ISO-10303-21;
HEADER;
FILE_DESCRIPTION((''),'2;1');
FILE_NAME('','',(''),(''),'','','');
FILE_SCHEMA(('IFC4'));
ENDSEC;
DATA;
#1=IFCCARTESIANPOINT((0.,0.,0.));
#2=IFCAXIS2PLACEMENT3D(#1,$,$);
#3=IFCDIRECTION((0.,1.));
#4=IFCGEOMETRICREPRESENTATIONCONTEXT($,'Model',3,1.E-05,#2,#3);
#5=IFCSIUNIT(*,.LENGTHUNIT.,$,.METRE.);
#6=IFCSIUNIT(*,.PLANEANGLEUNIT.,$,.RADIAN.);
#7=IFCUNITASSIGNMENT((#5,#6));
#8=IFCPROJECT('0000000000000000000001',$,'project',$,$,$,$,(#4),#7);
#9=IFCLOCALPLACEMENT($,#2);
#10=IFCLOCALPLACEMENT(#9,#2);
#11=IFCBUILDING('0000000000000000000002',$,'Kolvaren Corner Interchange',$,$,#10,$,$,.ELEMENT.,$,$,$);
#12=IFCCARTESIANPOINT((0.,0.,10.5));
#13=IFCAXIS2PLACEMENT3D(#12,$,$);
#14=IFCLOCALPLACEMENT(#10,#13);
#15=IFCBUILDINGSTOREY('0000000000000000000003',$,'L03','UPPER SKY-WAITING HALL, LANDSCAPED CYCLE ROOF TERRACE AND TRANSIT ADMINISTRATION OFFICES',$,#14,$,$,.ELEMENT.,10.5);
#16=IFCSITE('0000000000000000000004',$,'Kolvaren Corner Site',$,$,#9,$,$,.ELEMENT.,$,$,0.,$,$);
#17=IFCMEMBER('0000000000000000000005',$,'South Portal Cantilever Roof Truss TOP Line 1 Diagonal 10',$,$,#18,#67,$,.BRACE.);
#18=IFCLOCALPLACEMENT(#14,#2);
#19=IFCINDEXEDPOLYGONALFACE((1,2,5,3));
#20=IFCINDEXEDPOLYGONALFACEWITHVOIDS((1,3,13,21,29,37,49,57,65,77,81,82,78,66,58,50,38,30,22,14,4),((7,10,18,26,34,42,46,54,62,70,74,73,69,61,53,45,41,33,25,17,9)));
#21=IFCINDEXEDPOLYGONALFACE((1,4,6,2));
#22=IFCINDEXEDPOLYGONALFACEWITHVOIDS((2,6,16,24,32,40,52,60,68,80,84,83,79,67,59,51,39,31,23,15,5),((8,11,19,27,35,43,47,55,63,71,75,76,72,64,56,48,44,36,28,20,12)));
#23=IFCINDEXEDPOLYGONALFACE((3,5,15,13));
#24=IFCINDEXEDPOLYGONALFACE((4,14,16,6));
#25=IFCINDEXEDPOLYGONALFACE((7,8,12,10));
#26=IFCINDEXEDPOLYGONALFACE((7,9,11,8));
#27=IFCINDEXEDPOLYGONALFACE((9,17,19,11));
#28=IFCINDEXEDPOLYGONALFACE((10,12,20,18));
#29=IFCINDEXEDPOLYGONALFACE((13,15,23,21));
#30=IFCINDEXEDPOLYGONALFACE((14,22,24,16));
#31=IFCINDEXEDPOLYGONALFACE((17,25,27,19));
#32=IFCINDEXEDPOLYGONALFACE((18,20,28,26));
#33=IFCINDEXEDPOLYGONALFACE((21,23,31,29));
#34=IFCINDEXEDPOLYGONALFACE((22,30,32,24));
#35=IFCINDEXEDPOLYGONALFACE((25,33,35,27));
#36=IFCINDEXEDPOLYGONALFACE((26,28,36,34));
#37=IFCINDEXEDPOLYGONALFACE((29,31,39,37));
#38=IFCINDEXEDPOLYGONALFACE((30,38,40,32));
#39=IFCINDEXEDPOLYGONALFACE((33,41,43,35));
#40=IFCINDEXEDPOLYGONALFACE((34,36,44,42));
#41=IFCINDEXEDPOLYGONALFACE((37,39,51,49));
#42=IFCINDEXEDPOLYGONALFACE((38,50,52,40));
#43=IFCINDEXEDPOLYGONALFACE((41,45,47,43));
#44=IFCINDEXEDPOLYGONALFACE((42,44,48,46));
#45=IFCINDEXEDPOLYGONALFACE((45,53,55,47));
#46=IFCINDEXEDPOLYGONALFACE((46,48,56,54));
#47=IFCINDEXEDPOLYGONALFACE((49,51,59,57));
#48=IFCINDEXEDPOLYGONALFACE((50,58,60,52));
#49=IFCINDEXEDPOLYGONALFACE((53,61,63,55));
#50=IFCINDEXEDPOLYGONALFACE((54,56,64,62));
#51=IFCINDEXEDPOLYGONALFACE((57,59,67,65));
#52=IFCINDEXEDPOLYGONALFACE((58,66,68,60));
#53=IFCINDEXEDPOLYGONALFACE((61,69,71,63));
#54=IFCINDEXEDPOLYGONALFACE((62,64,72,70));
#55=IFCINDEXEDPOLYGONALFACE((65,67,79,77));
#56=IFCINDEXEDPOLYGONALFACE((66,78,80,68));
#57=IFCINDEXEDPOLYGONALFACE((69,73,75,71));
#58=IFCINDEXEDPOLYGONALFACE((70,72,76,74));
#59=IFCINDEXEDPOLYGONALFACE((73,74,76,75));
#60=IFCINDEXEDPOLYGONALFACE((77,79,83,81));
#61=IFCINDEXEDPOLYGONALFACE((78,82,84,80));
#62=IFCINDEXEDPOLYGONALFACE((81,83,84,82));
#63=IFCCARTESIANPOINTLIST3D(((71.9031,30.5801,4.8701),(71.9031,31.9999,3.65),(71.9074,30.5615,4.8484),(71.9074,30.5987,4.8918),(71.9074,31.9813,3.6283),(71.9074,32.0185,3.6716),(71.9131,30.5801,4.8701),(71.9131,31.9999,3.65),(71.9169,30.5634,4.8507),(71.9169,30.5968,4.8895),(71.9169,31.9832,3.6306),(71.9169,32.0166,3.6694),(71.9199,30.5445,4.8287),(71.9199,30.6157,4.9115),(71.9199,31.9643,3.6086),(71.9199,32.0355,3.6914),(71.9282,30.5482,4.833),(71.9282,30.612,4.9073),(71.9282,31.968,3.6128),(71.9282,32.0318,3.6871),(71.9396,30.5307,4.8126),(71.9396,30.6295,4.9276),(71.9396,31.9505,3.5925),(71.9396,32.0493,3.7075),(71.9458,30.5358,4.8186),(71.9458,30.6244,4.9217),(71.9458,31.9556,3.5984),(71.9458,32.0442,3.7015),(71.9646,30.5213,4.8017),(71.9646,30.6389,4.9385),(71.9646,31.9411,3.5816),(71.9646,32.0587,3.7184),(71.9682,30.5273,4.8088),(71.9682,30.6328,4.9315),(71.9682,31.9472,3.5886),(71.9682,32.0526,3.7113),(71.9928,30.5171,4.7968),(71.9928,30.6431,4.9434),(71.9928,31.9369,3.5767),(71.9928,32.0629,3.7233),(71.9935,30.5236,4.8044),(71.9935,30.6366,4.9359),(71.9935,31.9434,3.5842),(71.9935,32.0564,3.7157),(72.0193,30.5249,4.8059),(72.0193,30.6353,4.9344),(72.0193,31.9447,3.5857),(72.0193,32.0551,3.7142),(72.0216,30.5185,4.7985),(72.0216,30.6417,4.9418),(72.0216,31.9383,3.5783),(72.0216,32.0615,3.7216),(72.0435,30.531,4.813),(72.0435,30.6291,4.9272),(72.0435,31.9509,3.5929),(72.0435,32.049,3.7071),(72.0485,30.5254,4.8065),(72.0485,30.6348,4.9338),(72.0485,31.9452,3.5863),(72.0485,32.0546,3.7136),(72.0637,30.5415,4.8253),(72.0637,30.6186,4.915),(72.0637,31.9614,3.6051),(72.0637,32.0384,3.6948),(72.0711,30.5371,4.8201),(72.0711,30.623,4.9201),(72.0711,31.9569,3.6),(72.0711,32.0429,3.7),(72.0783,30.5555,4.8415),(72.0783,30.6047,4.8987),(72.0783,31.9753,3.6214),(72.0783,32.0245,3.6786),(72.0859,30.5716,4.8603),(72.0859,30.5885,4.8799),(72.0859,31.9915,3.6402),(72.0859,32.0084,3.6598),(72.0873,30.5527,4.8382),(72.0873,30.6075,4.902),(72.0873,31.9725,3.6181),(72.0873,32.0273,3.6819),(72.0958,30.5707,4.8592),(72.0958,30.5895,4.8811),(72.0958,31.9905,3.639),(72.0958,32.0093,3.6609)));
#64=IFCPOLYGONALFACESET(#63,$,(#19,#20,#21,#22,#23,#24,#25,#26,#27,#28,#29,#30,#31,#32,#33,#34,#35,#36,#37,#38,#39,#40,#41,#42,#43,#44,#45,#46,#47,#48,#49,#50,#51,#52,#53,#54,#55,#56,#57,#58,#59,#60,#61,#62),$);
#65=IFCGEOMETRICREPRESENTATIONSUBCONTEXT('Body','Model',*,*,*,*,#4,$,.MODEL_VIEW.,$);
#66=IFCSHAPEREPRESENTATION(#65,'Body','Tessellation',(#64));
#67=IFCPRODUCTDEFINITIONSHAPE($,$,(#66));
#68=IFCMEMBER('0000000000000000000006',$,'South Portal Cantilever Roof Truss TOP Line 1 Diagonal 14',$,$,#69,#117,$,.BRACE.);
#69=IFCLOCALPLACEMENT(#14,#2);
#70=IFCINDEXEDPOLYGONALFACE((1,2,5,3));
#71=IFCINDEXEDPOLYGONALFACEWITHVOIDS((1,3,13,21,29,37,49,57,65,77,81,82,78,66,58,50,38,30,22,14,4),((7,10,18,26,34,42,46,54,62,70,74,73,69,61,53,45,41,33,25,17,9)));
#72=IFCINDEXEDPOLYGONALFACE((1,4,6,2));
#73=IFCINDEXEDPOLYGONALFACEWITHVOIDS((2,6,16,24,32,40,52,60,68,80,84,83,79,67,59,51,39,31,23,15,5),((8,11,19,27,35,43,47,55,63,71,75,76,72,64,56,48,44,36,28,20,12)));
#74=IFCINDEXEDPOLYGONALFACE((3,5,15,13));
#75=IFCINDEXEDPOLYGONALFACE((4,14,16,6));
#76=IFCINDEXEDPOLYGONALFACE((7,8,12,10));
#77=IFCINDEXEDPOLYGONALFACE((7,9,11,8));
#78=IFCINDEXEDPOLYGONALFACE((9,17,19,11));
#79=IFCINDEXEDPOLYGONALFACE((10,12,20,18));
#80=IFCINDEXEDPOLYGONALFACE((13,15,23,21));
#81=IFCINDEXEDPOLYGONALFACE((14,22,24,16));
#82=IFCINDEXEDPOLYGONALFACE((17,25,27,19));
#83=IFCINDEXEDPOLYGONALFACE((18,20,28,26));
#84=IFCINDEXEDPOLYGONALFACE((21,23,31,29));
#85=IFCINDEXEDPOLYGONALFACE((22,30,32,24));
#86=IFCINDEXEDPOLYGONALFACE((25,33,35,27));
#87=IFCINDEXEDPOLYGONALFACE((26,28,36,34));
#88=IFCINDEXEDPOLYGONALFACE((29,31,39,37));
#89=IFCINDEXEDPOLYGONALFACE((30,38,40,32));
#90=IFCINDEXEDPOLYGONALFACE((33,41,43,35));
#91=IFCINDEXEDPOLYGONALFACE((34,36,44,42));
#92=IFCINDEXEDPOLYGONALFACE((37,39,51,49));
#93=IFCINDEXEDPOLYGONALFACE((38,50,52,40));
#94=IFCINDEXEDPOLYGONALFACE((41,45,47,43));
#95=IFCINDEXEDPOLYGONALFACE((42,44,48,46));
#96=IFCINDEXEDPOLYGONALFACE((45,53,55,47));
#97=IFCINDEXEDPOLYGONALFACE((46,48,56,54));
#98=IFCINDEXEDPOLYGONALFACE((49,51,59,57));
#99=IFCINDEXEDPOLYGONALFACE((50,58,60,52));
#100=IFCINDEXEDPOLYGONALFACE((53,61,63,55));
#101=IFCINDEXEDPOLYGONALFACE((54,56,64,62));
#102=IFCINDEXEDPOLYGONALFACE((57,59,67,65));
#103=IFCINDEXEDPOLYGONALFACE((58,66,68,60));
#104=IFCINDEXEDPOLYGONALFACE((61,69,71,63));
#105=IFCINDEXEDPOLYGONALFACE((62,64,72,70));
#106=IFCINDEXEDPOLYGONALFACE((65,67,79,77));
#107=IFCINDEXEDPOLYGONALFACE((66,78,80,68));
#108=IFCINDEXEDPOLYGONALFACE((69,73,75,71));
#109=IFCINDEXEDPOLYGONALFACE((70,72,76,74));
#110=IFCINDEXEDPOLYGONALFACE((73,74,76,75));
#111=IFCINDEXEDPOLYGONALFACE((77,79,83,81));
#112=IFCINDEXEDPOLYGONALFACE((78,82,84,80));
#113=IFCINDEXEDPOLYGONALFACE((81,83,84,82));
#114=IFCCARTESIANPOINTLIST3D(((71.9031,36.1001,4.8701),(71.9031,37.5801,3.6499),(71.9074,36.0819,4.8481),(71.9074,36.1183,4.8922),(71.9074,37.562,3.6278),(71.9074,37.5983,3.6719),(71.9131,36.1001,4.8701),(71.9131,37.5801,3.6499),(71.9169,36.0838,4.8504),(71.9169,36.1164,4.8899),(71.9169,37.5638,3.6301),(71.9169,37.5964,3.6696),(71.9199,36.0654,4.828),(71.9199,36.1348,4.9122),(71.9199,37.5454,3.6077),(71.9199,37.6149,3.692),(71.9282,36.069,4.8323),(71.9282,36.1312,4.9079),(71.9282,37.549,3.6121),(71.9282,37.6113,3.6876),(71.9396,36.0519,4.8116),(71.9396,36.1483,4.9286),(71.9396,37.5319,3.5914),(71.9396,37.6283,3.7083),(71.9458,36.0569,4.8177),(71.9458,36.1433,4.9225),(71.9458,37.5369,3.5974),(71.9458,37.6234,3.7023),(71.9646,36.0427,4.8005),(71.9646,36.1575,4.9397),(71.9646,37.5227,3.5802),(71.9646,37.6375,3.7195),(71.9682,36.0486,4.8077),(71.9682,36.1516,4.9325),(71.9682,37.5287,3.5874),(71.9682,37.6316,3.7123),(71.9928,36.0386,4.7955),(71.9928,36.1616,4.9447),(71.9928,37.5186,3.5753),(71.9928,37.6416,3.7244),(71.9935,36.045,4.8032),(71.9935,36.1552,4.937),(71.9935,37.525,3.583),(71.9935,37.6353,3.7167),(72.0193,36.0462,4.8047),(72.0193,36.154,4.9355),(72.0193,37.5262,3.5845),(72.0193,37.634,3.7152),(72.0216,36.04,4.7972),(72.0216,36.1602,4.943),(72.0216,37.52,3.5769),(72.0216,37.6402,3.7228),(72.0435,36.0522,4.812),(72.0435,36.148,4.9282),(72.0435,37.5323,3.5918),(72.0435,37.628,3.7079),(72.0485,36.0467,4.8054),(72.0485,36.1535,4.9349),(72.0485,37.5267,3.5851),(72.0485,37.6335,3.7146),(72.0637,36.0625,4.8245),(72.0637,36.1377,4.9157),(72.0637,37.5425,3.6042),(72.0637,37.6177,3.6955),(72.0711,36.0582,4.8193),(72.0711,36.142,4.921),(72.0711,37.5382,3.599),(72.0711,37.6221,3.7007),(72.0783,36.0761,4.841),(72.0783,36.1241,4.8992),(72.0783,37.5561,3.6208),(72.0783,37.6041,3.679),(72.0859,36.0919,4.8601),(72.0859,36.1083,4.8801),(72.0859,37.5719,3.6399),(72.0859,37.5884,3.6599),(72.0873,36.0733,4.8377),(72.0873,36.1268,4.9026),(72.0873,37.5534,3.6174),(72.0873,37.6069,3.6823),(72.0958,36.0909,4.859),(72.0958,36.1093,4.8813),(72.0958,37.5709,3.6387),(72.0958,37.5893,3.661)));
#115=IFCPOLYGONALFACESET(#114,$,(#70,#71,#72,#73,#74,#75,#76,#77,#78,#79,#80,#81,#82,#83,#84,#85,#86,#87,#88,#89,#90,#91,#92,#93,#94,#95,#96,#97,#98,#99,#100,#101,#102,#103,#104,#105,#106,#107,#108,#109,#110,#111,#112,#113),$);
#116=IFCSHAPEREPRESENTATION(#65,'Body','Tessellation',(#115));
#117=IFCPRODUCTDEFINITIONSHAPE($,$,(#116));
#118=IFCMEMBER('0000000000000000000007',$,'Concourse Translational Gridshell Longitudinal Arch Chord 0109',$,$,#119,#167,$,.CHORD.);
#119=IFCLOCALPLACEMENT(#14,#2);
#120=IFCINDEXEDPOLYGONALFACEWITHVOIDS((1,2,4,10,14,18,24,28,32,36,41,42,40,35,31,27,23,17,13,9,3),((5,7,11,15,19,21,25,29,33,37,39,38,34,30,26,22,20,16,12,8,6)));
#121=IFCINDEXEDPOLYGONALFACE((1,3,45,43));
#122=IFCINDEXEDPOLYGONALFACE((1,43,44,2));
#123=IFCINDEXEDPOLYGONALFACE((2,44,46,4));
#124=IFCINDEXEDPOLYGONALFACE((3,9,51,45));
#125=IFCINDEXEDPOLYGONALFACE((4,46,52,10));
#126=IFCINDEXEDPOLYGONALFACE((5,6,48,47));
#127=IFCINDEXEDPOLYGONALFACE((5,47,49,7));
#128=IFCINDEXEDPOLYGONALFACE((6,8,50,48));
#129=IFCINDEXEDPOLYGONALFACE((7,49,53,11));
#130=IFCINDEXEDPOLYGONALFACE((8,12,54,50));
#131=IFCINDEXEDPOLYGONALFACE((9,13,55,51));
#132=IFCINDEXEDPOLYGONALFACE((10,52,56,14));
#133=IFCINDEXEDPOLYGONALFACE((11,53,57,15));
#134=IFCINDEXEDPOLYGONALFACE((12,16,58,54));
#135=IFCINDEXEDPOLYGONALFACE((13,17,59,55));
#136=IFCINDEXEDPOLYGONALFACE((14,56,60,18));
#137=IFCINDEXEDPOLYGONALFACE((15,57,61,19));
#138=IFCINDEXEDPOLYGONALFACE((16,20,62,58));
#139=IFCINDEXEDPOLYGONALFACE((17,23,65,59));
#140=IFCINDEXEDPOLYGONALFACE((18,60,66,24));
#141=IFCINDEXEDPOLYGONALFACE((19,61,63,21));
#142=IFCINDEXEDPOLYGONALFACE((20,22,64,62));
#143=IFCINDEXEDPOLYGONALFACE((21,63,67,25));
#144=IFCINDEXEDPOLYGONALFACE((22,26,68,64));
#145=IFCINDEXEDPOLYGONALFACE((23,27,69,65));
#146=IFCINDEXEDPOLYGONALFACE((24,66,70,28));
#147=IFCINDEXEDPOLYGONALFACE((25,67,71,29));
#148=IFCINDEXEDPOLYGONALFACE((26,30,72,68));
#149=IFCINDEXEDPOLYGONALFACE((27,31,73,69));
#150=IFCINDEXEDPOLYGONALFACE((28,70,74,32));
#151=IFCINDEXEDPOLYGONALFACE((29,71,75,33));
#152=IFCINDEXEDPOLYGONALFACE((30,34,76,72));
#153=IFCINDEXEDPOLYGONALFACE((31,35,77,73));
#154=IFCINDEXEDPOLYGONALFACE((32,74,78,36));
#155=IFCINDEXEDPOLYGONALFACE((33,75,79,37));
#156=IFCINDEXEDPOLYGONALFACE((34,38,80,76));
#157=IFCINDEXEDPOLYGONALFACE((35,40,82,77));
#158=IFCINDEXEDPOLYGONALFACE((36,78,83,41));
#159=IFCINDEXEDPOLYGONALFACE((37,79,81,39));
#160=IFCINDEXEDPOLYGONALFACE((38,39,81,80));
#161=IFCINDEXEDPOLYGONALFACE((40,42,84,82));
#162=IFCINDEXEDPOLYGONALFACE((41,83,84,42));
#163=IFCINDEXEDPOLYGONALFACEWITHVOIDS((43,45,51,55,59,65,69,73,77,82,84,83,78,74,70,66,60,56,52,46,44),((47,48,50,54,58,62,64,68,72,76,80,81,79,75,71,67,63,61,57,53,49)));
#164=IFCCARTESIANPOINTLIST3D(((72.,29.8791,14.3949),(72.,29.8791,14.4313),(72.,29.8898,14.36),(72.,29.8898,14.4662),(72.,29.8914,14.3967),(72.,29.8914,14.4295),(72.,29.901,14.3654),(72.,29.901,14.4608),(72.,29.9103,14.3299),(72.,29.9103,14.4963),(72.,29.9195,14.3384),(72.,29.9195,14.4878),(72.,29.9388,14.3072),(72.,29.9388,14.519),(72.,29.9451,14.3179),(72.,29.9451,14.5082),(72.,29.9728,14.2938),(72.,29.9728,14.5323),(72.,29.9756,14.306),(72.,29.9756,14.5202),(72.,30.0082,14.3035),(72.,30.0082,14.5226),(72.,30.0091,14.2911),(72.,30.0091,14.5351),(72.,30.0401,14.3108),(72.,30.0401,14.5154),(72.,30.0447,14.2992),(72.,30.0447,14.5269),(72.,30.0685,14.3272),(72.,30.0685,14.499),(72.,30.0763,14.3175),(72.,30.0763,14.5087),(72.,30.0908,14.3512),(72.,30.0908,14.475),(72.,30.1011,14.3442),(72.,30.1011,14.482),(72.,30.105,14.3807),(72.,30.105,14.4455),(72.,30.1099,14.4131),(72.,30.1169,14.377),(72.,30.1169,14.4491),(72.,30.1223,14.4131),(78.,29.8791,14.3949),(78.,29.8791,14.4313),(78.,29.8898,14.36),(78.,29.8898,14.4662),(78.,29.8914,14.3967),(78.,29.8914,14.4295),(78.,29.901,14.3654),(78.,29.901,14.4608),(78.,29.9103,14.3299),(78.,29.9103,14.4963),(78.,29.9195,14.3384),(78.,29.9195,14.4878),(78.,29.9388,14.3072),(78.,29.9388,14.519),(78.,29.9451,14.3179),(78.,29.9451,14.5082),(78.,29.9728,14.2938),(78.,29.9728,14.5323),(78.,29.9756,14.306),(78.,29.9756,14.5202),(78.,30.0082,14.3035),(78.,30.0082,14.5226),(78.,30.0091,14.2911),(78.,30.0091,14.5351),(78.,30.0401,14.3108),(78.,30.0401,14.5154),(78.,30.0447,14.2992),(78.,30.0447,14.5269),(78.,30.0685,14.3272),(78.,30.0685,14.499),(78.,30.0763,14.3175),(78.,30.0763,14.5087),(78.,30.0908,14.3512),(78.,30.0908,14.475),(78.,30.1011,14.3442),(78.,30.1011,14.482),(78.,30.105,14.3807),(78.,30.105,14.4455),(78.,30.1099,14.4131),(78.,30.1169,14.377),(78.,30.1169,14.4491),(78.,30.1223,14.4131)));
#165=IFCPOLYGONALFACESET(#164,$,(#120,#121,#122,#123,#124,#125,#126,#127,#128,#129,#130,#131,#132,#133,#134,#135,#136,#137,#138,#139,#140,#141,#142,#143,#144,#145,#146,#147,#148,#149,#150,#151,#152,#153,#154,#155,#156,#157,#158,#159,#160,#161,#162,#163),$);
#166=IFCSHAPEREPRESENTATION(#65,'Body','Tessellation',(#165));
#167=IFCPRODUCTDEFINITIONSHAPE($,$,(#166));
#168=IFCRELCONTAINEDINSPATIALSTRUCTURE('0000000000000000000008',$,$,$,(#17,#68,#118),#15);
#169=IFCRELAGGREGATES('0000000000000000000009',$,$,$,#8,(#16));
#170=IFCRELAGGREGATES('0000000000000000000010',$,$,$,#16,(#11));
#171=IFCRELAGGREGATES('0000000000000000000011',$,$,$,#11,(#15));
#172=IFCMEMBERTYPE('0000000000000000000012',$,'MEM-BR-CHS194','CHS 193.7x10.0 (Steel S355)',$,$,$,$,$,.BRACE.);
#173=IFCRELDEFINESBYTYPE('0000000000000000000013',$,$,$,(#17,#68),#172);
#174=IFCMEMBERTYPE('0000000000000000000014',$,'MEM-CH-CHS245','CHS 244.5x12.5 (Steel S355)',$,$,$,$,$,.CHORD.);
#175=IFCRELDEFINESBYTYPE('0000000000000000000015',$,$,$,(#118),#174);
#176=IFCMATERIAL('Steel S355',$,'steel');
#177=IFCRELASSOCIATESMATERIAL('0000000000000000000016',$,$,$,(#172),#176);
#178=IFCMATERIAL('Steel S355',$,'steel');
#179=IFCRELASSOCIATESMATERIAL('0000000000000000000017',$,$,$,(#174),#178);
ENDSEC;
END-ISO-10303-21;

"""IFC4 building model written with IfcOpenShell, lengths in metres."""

from ifc_helpers import new_model, si_unit, direction, frame, origin, origin_2d, place, context, subcontext, project, spatial, hollow_circle, extrude, material, material_profile, profile_set, type_object, element, save


model = new_model("IFC4")

# Units and contexts
model_context = context("Model", 3, precision=1e-05, world=origin(), true_north=direction((0.0, 1.0)))
body_context = subcontext(model_context, "Body", "Model", "MODEL_VIEW")
ifc_project = project(units=[si_unit("LENGTHUNIT", "METRE"), si_unit("PLANEANGLEUNIT", "RADIAN")], contexts=[model_context])

# Site, building, storey
site_placement = place(None, origin())
site = spatial("IfcSite", under=ifc_project, at=site_placement, Name="Kolvaren Corner Site", CompositionType="ELEMENT", RefElevation=0.0)
building_placement = place(site_placement, origin())
building = spatial("IfcBuilding", under=site, at=building_placement, Name="Kolvaren Corner Interchange", CompositionType="ELEMENT")
storey_placement = place(building_placement, frame((0.0, 0.0, 10.5)))
storey = spatial("IfcBuildingStorey", under=building, at=storey_placement, Name="L03", Description="UPPER SKY-WAITING HALL, LANDSCAPED CYCLE ROOF TERRACE AND TRANSIT ADMINISTRATION OFFICES", CompositionType="ELEMENT", Elevation=10.5)

# Members
ifc_material_1 = material(Name="Steel S355", Category="steel")
ifc_material_profile_1 = material_profile(ifc_material_1, hollow_circle(Radius=0.0969, WallThickness=0.01, at=origin_2d()), Name="CHS 193.7x10.0")
ifc_profile_set_1 = profile_set([ifc_material_profile_1], Name="Steel S355")
member_type_1 = type_object("IfcMemberType", Name="MEM-BR-CHS194", Description="CHS 193.7x10.0 (Steel S355)", PredefinedType="BRACE", material=ifc_profile_set_1)
member_1_placement = place(storey_placement, frame((72.0, 30.5801, 4.8701), z_axis=(0.0, 0.758428, -0.651757), x_axis=(-1.0, 0.0, 0.0)))
element("IfcMember", 1, at=member_1_placement, inside=storey, type_object=member_type_1, Name="South Portal Cantilever Roof Truss TOP Line 1 Diagonal 10", PredefinedType="BRACE", context=body_context, shape_type="SweptSolid", body=[
    extrude(hollow_circle(Radius=0.0969, WallThickness=0.01, at=origin_2d()), origin(), (0.0, 0.0, 1.0), 1.8721),
])
member_2_placement = place(storey_placement, frame((72.0, 36.1001, 4.8701), z_axis=(0.0, 0.77157, -0.636144), x_axis=(-1.0, 0.0, 0.0)))
element("IfcMember", 2, at=member_2_placement, inside=storey, type_object=member_type_1, Name="South Portal Cantilever Roof Truss TOP Line 1 Diagonal 14", PredefinedType="BRACE", context=body_context, shape_type="SweptSolid", body=[
    extrude(hollow_circle(Radius=0.0969, WallThickness=0.01, at=origin_2d()), origin(), (0.0, 0.0, 1.0), 1.9182),
])
ifc_material_2 = material(Name="Steel S355", Category="steel")
ifc_material_profile_2 = material_profile(ifc_material_2, hollow_circle(Radius=0.1223, WallThickness=0.0125, at=origin_2d()), Name="CHS 244.5x12.5")
ifc_profile_set_2 = profile_set([ifc_material_profile_2], Name="Steel S355")
member_type_2 = type_object("IfcMemberType", Name="MEM-CH-CHS245", Description="CHS 244.5x12.5 (Steel S355)", PredefinedType="CHORD", material=ifc_profile_set_2)
for number, where, z_axis, x_axis, name in (
    (3, (72.0, 30.0, 14.4131), (1.0, 0.0, 0.0), (0.0, 1.0, 0.0), "Concourse Translational Gridshell Longitudinal Arch Chord 0109"),
):
    element("IfcMember", number, at=place(storey_placement, frame(where, z_axis=z_axis, x_axis=x_axis)), inside=storey, type_object=member_type_2, Name=name, PredefinedType="CHORD", context=body_context, shape_type="SweptSolid", body=[
        extrude(hollow_circle(Radius=0.1223, WallThickness=0.0125, at=origin_2d()), origin(), (0.0, 0.0, 1.0), 6.0),
    ])

save(model, "model.ifc")
